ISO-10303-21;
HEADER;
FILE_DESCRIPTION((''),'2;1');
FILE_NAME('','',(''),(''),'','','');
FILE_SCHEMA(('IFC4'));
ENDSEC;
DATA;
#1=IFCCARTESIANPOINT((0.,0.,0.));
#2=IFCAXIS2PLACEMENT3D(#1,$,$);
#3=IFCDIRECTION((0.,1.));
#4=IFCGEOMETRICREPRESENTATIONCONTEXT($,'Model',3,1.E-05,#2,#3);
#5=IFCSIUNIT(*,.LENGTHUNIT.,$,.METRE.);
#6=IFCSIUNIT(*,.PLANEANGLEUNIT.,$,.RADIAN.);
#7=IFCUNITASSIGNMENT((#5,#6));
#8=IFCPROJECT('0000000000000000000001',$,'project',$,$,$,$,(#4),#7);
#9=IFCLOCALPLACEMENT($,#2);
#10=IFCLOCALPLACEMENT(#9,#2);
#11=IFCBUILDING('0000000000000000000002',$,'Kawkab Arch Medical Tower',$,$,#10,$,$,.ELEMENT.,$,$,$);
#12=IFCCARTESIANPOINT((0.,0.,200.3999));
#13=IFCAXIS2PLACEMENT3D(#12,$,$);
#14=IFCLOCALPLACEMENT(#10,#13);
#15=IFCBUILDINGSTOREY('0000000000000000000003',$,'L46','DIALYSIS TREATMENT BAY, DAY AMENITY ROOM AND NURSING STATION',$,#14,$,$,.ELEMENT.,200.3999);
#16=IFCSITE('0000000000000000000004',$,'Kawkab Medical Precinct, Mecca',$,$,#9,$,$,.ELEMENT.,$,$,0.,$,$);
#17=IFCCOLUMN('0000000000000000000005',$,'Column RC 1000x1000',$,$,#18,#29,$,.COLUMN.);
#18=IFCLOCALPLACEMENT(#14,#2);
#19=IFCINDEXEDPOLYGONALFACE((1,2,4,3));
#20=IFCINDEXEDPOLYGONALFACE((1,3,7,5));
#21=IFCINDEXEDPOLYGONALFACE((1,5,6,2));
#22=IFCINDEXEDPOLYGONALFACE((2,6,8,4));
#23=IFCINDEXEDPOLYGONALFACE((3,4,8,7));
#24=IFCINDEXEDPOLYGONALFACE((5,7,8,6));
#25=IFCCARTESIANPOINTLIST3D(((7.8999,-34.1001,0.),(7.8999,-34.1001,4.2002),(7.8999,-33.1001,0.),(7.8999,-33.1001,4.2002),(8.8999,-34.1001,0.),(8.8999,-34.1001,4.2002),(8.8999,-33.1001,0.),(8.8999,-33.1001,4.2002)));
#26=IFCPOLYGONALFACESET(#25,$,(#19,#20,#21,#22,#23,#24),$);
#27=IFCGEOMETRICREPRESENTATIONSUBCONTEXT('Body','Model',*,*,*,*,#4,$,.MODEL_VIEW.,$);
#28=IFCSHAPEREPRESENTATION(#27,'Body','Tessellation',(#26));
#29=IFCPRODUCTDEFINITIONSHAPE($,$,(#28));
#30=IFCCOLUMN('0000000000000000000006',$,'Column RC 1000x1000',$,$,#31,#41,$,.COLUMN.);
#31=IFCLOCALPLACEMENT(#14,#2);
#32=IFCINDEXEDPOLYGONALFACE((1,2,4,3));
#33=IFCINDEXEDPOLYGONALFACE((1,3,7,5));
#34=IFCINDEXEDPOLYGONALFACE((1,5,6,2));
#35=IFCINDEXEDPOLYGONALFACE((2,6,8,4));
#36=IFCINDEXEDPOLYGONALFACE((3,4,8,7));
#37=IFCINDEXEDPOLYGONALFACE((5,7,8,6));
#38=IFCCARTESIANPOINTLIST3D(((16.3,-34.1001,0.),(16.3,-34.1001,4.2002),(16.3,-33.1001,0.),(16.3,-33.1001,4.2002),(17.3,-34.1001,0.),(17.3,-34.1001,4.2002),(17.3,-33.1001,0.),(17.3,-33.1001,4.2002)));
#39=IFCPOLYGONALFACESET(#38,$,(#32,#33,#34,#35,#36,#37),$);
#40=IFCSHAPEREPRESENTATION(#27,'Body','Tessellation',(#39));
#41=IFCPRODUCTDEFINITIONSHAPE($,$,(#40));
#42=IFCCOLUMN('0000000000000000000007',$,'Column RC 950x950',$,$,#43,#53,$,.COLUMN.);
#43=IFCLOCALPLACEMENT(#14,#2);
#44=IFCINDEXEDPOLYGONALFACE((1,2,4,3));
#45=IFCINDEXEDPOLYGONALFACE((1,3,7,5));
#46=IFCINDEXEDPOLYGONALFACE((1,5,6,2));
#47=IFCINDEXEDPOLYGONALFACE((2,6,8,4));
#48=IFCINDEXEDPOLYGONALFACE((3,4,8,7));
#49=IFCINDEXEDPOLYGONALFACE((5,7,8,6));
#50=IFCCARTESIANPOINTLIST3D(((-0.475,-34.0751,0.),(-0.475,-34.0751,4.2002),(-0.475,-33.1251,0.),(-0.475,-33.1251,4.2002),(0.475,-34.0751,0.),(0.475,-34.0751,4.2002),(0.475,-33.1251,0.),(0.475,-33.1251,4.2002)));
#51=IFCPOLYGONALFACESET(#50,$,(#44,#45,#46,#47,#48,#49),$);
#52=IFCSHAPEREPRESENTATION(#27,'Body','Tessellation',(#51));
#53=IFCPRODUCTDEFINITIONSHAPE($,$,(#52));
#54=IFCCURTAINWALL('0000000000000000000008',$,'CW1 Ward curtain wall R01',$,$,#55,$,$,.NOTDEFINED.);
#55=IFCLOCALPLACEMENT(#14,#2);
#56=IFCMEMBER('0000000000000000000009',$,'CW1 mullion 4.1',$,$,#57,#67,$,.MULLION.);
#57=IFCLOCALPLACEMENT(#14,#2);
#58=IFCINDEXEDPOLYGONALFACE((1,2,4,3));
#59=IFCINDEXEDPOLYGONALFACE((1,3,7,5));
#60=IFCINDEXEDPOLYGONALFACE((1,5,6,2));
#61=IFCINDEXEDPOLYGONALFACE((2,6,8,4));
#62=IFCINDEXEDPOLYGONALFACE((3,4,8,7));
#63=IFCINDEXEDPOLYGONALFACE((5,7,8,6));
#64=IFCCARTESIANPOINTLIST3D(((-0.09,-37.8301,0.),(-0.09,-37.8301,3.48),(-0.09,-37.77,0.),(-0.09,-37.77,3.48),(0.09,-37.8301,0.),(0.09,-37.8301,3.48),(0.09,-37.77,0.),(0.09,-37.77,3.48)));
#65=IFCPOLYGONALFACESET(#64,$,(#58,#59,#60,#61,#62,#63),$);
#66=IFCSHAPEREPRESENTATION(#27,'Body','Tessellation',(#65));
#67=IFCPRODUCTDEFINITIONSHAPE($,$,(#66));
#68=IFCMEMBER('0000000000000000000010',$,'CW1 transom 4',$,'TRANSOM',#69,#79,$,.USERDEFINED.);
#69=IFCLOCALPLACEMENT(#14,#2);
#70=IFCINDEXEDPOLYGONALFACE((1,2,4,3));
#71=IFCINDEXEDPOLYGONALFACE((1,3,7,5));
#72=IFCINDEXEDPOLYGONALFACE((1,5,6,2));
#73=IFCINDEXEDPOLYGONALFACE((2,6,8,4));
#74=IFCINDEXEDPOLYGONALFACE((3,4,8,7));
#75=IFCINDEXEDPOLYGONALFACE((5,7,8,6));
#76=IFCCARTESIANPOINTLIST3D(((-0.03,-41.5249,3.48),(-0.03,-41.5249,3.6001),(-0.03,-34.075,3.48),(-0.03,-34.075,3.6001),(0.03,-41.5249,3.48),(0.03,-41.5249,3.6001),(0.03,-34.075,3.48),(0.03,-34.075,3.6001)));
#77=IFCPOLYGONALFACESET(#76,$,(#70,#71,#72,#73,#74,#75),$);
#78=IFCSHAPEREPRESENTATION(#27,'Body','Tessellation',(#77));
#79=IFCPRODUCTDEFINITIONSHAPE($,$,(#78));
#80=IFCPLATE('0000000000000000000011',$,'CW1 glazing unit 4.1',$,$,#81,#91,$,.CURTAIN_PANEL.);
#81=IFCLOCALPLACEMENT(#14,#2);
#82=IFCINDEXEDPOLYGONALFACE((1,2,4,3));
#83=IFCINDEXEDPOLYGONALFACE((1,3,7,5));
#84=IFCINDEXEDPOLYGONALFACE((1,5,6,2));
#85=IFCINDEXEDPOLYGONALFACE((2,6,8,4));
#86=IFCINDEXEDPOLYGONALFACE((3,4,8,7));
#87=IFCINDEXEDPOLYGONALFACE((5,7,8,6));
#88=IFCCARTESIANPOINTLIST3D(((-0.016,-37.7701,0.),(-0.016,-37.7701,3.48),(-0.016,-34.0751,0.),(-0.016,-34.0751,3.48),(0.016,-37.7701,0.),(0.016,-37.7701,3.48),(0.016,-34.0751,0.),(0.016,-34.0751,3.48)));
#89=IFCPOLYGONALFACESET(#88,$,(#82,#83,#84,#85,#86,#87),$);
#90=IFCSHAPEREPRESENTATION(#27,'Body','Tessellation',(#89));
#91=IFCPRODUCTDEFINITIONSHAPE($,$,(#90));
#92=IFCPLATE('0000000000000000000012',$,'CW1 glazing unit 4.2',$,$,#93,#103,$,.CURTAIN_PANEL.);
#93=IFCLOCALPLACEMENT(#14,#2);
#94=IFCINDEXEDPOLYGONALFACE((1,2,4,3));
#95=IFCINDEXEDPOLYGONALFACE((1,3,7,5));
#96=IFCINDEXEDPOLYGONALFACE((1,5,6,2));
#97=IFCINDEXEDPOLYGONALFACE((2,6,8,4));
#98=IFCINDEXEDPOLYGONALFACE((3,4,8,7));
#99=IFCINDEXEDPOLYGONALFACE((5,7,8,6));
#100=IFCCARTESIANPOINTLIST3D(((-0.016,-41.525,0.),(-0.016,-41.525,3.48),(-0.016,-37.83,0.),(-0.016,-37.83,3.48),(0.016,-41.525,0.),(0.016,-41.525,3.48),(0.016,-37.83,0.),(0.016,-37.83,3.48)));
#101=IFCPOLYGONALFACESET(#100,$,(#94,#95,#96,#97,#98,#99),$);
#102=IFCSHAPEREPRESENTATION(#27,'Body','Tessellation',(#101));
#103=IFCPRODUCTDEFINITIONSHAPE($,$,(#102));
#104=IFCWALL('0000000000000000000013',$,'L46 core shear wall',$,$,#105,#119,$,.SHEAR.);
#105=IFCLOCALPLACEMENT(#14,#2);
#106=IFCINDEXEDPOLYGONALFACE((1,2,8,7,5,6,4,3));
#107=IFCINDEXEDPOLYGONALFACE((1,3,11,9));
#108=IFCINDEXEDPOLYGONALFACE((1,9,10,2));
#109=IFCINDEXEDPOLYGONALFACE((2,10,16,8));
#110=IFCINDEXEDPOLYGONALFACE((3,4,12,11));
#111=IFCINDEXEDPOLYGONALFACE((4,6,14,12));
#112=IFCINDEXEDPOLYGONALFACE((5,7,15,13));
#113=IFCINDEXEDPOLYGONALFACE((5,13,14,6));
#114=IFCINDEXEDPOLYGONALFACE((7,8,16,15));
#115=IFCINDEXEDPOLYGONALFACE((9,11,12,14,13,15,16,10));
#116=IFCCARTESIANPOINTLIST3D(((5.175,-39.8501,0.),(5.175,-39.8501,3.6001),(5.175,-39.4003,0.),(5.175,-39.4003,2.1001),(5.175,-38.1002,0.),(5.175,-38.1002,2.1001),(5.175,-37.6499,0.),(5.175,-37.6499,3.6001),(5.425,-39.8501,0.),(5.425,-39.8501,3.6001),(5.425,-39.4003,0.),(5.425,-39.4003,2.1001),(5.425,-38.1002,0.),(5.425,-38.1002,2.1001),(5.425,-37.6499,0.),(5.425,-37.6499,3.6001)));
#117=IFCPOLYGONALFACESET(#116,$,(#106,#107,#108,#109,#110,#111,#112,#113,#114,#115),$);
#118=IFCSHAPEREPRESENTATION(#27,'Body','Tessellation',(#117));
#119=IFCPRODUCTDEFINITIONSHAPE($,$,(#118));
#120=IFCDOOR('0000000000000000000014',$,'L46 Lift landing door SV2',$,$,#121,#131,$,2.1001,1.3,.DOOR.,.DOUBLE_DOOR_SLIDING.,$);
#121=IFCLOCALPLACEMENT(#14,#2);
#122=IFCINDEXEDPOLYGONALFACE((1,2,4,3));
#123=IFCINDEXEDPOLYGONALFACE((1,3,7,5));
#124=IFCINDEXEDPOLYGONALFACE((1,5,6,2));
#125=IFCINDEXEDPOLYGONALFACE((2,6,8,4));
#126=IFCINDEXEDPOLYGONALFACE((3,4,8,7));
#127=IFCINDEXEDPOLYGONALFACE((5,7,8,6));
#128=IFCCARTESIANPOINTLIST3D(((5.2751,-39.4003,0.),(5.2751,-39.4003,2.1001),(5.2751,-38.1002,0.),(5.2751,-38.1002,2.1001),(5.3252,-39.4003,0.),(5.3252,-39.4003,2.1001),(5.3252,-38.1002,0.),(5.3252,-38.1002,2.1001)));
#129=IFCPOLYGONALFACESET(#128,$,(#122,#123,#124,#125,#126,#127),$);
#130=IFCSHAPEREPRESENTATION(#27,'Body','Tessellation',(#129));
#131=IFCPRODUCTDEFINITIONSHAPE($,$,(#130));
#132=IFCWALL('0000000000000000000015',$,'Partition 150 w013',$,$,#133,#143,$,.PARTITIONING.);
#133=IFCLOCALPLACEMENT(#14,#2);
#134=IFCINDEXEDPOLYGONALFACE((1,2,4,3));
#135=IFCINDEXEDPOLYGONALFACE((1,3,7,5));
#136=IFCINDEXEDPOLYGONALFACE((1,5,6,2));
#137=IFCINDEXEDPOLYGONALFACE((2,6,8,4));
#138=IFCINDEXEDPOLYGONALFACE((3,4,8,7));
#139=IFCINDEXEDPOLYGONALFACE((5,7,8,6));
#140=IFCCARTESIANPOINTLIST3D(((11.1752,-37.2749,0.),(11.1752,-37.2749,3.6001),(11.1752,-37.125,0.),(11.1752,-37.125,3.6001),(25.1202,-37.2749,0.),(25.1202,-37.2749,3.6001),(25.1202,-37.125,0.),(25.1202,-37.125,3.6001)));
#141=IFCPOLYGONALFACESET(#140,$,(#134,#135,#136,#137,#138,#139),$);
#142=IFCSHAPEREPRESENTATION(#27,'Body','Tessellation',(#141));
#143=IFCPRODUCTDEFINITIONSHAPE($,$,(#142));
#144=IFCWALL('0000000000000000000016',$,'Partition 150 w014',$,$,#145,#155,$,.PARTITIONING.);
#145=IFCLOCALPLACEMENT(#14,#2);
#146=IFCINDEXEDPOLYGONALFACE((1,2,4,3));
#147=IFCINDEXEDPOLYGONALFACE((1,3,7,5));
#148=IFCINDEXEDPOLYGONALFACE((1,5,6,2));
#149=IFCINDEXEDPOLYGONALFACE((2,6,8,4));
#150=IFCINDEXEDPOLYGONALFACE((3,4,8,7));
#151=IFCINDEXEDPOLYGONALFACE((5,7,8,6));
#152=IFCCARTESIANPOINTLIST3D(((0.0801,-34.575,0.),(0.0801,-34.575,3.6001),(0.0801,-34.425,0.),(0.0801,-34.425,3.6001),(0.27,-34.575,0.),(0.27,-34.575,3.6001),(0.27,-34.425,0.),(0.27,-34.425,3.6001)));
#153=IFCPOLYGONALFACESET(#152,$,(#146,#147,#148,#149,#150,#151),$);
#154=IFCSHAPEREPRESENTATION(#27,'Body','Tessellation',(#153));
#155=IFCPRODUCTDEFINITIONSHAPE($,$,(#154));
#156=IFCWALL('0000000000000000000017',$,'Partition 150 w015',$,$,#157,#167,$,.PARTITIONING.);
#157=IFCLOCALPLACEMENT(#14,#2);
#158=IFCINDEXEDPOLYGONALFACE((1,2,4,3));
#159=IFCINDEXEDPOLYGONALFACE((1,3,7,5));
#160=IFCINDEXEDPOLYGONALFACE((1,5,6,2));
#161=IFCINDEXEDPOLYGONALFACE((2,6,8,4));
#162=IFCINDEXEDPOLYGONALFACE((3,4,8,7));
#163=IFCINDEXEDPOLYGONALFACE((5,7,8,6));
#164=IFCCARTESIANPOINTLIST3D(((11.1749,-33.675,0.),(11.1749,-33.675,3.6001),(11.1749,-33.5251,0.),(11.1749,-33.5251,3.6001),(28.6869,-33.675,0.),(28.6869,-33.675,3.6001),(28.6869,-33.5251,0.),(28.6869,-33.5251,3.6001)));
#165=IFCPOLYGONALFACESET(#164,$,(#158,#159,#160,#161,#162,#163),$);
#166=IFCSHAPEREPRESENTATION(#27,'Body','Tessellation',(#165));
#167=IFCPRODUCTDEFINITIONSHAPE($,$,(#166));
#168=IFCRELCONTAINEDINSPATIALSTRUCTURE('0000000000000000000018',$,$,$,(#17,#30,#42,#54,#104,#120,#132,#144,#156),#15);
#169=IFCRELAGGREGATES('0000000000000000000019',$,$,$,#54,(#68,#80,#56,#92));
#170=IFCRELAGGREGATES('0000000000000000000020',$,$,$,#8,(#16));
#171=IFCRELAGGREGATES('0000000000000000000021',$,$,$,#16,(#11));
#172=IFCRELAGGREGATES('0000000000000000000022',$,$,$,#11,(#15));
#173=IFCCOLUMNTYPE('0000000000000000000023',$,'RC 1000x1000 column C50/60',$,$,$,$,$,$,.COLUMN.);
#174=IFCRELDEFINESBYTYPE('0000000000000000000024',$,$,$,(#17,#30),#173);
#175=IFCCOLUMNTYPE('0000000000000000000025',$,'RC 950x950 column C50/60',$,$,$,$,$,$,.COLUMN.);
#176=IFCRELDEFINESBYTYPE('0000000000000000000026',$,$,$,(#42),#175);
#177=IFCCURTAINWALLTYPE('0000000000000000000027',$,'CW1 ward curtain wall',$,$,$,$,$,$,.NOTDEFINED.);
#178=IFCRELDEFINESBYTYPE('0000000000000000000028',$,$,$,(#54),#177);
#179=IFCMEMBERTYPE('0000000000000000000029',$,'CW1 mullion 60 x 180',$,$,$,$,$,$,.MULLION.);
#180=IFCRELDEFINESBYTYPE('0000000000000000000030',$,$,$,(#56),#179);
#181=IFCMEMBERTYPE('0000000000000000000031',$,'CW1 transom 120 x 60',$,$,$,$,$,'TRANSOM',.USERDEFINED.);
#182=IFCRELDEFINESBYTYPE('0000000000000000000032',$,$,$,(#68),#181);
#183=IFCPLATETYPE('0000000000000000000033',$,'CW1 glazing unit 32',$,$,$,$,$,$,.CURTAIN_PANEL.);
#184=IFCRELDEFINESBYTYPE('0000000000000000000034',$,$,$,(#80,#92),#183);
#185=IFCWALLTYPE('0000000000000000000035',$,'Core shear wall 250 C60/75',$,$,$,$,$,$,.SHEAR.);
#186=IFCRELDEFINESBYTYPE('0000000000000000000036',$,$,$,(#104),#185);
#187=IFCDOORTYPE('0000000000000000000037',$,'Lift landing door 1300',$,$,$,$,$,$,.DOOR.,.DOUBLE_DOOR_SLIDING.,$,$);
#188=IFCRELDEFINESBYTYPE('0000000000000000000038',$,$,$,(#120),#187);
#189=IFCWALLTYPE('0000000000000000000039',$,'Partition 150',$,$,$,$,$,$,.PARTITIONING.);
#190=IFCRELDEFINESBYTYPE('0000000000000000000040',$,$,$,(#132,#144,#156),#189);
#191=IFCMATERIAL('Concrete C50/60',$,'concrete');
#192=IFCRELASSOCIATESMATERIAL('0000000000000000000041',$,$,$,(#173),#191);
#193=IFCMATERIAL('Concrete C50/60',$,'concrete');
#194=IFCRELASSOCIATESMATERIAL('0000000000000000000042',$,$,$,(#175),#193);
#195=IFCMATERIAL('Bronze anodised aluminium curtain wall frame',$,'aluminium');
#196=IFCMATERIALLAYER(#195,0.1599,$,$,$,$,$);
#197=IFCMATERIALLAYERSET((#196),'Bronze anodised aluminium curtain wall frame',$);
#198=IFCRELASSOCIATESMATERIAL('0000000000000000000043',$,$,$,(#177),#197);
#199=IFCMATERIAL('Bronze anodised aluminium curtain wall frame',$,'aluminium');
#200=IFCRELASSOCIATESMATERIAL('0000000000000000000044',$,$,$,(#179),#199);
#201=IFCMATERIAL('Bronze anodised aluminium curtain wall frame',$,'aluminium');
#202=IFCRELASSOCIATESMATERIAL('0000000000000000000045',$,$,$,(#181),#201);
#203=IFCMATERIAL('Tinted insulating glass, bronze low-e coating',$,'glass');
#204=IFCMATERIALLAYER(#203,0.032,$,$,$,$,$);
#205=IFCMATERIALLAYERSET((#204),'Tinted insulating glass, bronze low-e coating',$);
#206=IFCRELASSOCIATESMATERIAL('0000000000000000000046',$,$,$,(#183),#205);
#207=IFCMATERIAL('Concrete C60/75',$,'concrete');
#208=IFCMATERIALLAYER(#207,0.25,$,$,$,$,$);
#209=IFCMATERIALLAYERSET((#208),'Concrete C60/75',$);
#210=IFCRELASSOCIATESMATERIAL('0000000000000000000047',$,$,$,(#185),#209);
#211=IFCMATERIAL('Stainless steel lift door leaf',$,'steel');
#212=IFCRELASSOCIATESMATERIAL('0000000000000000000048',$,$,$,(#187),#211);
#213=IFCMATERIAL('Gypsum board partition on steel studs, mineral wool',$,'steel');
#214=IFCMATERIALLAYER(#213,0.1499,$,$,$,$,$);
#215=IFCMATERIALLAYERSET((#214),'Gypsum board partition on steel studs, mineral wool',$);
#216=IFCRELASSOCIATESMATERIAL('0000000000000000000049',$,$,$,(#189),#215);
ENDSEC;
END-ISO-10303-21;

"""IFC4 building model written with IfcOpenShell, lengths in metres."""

from ifc_helpers import new_model, si_unit, direction, frame, frame_2d, origin, origin_2d, place, context, subcontext, project, spatial, rectangle, extrude, material, layer, layer_set, material_profile, profile_set, type_object, element, fill, aggregate, save


model = new_model("IFC4")

# Units and contexts
model_context = context("Model", 3, precision=1e-05, world=origin(), true_north=direction((0.0, 1.0)))
body_context = subcontext(model_context, "Body", "Model", "MODEL_VIEW")
ifc_project = project(units=[si_unit("LENGTHUNIT", "METRE"), si_unit("PLANEANGLEUNIT", "RADIAN")], contexts=[model_context])

# Site, building, storey
site_placement = place(None, origin())
site = spatial("IfcSite", under=ifc_project, at=site_placement, Name="Kawkab Medical Precinct, Mecca", CompositionType="ELEMENT", RefElevation=0.0)
building_placement = place(site_placement, origin())
building = spatial("IfcBuilding", under=site, at=building_placement, Name="Kawkab Arch Medical Tower", CompositionType="ELEMENT")
storey_placement = place(building_placement, frame((0.0, 0.0, 200.3999)))
storey = spatial("IfcBuildingStorey", under=building, at=storey_placement, Name="L46", Description="DIALYSIS TREATMENT BAY, DAY AMENITY ROOM AND NURSING STATION", CompositionType="ELEMENT", Elevation=200.3999)

# Columns
ifc_material_1 = material(Name="Concrete C50/60", Category="concrete")
ifc_material_profile_1 = material_profile(ifc_material_1, rectangle(XDim=1.0, YDim=1.0, at=origin_2d()), Name="RC 1000x1000")
ifc_profile_set_1 = profile_set([ifc_material_profile_1], Name="Concrete C50/60")
column_type_1 = type_object("IfcColumnType", Name="RC 1000x1000 column C50/60", PredefinedType="COLUMN", material=ifc_profile_set_1)
for number, where, z_axis, x_axis, name in (
    (1, (8.3999, -33.6001, 0.0), (0.0, 0.0, 1.0), (1.0, 0.0, 0.0), "Column RC 1000x1000"),
    (2, (16.8, -33.6001, 0.0), (0.0, 0.0, 1.0), (1.0, 0.0, 0.0), "Column RC 1000x1000"),
):
    element("IfcColumn", number, at=place(storey_placement, frame(where, z_axis=z_axis, x_axis=x_axis)), inside=storey, type_object=column_type_1, Name=name, PredefinedType="COLUMN", context=body_context, shape_type="SweptSolid", body=[
        extrude(rectangle(XDim=1.0, YDim=1.0, at=origin_2d()), origin(), (0.0, 0.0, 1.0), 4.2002),
    ])
ifc_material_2 = material(Name="Concrete C50/60", Category="concrete")
ifc_material_profile_2 = material_profile(ifc_material_2, rectangle(XDim=0.95, YDim=0.95, at=origin_2d()), Name="RC 950x950")
ifc_profile_set_2 = profile_set([ifc_material_profile_2], Name="Concrete C50/60")
column_type_2 = type_object("IfcColumnType", Name="RC 950x950 column C50/60", PredefinedType="COLUMN", material=ifc_profile_set_2)
column_placement = place(storey_placement, frame((0.0, -33.6001, 0.0), z_axis=(0.0, 0.0, 1.0), x_axis=(1.0, 0.0, 0.0)))
element("IfcColumn", 3, at=column_placement, inside=storey, type_object=column_type_2, Name="Column RC 950x950", PredefinedType="COLUMN", context=body_context, shape_type="SweptSolid", body=[
    extrude(rectangle(XDim=0.95, YDim=0.95, at=origin_2d()), origin(), (0.0, 0.0, 1.0), 4.2002),
])

# Curtain wall, members, plates
ifc_material_3 = material(Name="Bronze anodised aluminium curtain wall frame", Category="aluminium")
ifc_layer_1 = layer(ifc_material_3, 0.1599)
ifc_layer_set_1 = layer_set([ifc_layer_1], Name="Bronze anodised aluminium curtain wall frame")
curtain_wall_type = type_object("IfcCurtainWallType", Name="CW1 ward curtain wall", PredefinedType="NOTDEFINED", material=ifc_layer_set_1)
placement = place(storey_placement, origin())
curtain_wall = element("IfcCurtainWall", 4, at=placement, inside=storey, type_object=curtain_wall_type, Name="CW1 Ward curtain wall R01", PredefinedType="NOTDEFINED")
ifc_material_4 = material(Name="Bronze anodised aluminium curtain wall frame", Category="aluminium")
ifc_material_profile_3 = material_profile(ifc_material_4, rectangle(XDim=0.1799, YDim=0.0601, at=origin_2d()), Name="AL 60x180")
ifc_profile_set_3 = profile_set([ifc_material_profile_3], Name="Bronze anodised aluminium curtain wall frame")
member_type_1 = type_object("IfcMemberType", Name="CW1 mullion 60 x 180", PredefinedType="MULLION", material=ifc_profile_set_3)
member_1_placement = place(storey_placement, frame((0.0, -37.8, 0.0), z_axis=(0.0, 0.0, 1.0), x_axis=(1.0, 0.0, 0.0)))
member_1 = element("IfcMember", 5, at=member_1_placement, type_object=member_type_1, Name="CW1 mullion 4.1", PredefinedType="MULLION", context=body_context, shape_type="SweptSolid", body=[
    extrude(rectangle(XDim=0.1799, YDim=0.0601, at=origin_2d()), origin(), (0.0, 0.0, 1.0), 3.48),
])
ifc_material_5 = material(Name="Bronze anodised aluminium curtain wall frame", Category="aluminium")
ifc_material_profile_4 = material_profile(ifc_material_5, rectangle(XDim=0.0601, YDim=0.1201, at=origin_2d()), Name="AL 60x120")
ifc_profile_set_4 = profile_set([ifc_material_profile_4], Name="Bronze anodised aluminium curtain wall frame")
member_type_2 = type_object("IfcMemberType", Name="CW1 transom 120 x 60", ElementType="TRANSOM", PredefinedType="USERDEFINED", material=ifc_profile_set_4)
member_2_placement = place(storey_placement, frame((0.0, -34.075, 3.54), z_axis=(0.0, -1.0, 0.0), x_axis=(1.0, 0.0, 0.0)))
member_2 = element("IfcMember", 6, at=member_2_placement, type_object=member_type_2, Name="CW1 transom 4", ObjectType="TRANSOM", PredefinedType="USERDEFINED", context=body_context, shape_type="SweptSolid", body=[
    extrude(rectangle(XDim=0.0601, YDim=0.1201, at=origin_2d()), origin(), (0.0, 0.0, 1.0), 7.45),
])
ifc_material_6 = material(Name="Tinted insulating glass, bronze low-e coating", Category="glass")
ifc_layer_2 = layer(ifc_material_6, 0.032)
ifc_layer_set_2 = layer_set([ifc_layer_2], Name="Tinted insulating glass, bronze low-e coating")
plate_type = type_object("IfcPlateType", Name="CW1 glazing unit 32", PredefinedType="CURTAIN_PANEL", material=ifc_layer_set_2)
plate_1_placement = place(storey_placement, frame((0.0, -35.9226, 0.0), z_axis=(0.0, 0.0, 1.0), x_axis=(0.0, -1.0, 0.0)))
plate_1 = element("IfcPlate", 7, at=plate_1_placement, type_object=plate_type, Name="CW1 glazing unit 4.1", PredefinedType="CURTAIN_PANEL", context=body_context, shape_type="SweptSolid", body=[
    extrude(rectangle(XDim=3.6951, YDim=0.032, at=origin_2d()), origin(), (0.0, 0.0, 1.0), 3.48),
])
plate_2_placement = place(storey_placement, frame((0.0, -39.6775, 0.0), z_axis=(0.0, 0.0, 1.0), x_axis=(0.0, -1.0, 0.0)))
plate_2 = element("IfcPlate", 8, at=plate_2_placement, type_object=plate_type, Name="CW1 glazing unit 4.2", PredefinedType="CURTAIN_PANEL", context=body_context, shape_type="SweptSolid", body=[
    extrude(rectangle(XDim=3.6951, YDim=0.032, at=origin_2d()), origin(), (0.0, 0.0, 1.0), 3.48),
])
aggregate(curtain_wall, [member_2, plate_1, member_1, plate_2])

# Wall, opening, door
ifc_material_7 = material(Name="Concrete C60/75", Category="concrete")
ifc_layer_3 = layer(ifc_material_7, 0.25)
ifc_layer_set_3 = layer_set([ifc_layer_3], Name="Concrete C60/75")
wall_type_1 = type_object("IfcWallType", Name="Core shear wall 250 C60/75", PredefinedType="SHEAR", material=ifc_layer_set_3)
wall_1_placement = place(storey_placement, frame((5.3, -39.8501, 0.0), z_axis=(0.0, 0.0, 1.0), x_axis=(0.0, 1.0, 0.0)))
wall_1 = element("IfcWall", 9, at=wall_1_placement, inside=storey, type_object=wall_type_1, Name="L46 core shear wall", PredefinedType="SHEAR", context=body_context, shape_type="SweptSolid", body=[
    extrude(rectangle(XDim=2.2002, YDim=0.25, at=frame_2d((1.1001, 0.0))), origin(), (0.0, 0.0, 1.0), 3.6001),
])
opening_1_placement = place(wall_1_placement, frame((0.45, 0.0, 0.0)))
opening_1 = element("IfcOpeningElement", 10, at=opening_1_placement, cuts=wall_1, PredefinedType="OPENING", context=body_context, shape_type="SweptSolid", body=[
    extrude(rectangle(XDim=1.3, YDim=2.1001, at=frame_2d((0.6499, 1.05))), frame((0.0, 0.135, 0.0), z_axis=(0.0, -1.0, 0.0), x_axis=(1.0, 0.0, 0.0)), (0.0, 0.0, 1.0), 0.27),
])
ifc_material_8 = material(Name="Stainless steel lift door leaf", Category="steel")
door_type_1 = type_object("IfcDoorType", Name="Lift landing door 1300", OperationType="DOUBLE_DOOR_SLIDING", PredefinedType="DOOR", material=ifc_material_8)
door_1_placement = place(opening_1_placement, origin())
door_1 = element("IfcDoor", 11, at=door_1_placement, inside=storey, type_object=door_type_1, Name="L46 Lift landing door SV2", OperationType="DOUBLE_DOOR_SLIDING", OverallHeight=2.1001, OverallWidth=1.3, PredefinedType="DOOR", context=body_context, shape_type="SweptSolid", body=[
    extrude(rectangle(XDim=1.3, YDim=2.1001, at=frame_2d((0.6499, 1.05))), frame((0.0, 0.0249, 0.0), z_axis=(0.0, -1.0, 0.0), x_axis=(1.0, 0.0, 0.0)), (0.0, 0.0, 1.0), 0.05),
])
fill(opening_1, door_1)

# Walls
ifc_material_9 = material(Name="Gypsum board partition on steel studs, mineral wool", Category="steel")
ifc_layer_4 = layer(ifc_material_9, 0.1499)
ifc_layer_set_4 = layer_set([ifc_layer_4], Name="Gypsum board partition on steel studs, mineral wool")
wall_type_2 = type_object("IfcWallType", Name="Partition 150", PredefinedType="PARTITIONING", material=ifc_layer_set_4)
wall_2_placement = place(storey_placement, frame((11.175, -37.2, 0.0), z_axis=(0.0, 0.0, 1.0), x_axis=(1.0, 0.0, 0.0)))
element("IfcWall", 12, at=wall_2_placement, inside=storey, type_object=wall_type_2, Name="Partition 150 w013", PredefinedType="PARTITIONING", context=body_context, shape_type="SweptSolid", body=[
    extrude(rectangle(XDim=13.9451, YDim=0.1499, at=frame_2d((6.9727, 0.0))), origin(), (0.0, 0.0, 1.0), 3.6001),
])
wall_3_placement = place(storey_placement, frame((0.0801, -34.5, 0.0), z_axis=(0.0, 0.0, 1.0), x_axis=(1.0, 0.0, 0.0)))
element("IfcWall", 13, at=wall_3_placement, inside=storey, type_object=wall_type_2, Name="Partition 150 w014", PredefinedType="PARTITIONING", context=body_context, shape_type="SweptSolid", body=[
    extrude(rectangle(XDim=0.1899, YDim=0.1499, at=frame_2d((0.095, 0.0))), origin(), (0.0, 0.0, 1.0), 3.6001),
])
wall_4_placement = place(storey_placement, frame((11.175, -33.6001, 0.0), z_axis=(0.0, 0.0, 1.0), x_axis=(1.0, 0.0, 0.0)))
element("IfcWall", 14, at=wall_4_placement, inside=storey, type_object=wall_type_2, Name="Partition 150 w015", PredefinedType="PARTITIONING", context=body_context, shape_type="SweptSolid", body=[
    extrude(rectangle(XDim=17.512, YDim=0.1499, at=frame_2d((8.7559, 0.0))), origin(), (0.0, 0.0, 1.0), 3.6001),
])

save(model, "model.ifc")
